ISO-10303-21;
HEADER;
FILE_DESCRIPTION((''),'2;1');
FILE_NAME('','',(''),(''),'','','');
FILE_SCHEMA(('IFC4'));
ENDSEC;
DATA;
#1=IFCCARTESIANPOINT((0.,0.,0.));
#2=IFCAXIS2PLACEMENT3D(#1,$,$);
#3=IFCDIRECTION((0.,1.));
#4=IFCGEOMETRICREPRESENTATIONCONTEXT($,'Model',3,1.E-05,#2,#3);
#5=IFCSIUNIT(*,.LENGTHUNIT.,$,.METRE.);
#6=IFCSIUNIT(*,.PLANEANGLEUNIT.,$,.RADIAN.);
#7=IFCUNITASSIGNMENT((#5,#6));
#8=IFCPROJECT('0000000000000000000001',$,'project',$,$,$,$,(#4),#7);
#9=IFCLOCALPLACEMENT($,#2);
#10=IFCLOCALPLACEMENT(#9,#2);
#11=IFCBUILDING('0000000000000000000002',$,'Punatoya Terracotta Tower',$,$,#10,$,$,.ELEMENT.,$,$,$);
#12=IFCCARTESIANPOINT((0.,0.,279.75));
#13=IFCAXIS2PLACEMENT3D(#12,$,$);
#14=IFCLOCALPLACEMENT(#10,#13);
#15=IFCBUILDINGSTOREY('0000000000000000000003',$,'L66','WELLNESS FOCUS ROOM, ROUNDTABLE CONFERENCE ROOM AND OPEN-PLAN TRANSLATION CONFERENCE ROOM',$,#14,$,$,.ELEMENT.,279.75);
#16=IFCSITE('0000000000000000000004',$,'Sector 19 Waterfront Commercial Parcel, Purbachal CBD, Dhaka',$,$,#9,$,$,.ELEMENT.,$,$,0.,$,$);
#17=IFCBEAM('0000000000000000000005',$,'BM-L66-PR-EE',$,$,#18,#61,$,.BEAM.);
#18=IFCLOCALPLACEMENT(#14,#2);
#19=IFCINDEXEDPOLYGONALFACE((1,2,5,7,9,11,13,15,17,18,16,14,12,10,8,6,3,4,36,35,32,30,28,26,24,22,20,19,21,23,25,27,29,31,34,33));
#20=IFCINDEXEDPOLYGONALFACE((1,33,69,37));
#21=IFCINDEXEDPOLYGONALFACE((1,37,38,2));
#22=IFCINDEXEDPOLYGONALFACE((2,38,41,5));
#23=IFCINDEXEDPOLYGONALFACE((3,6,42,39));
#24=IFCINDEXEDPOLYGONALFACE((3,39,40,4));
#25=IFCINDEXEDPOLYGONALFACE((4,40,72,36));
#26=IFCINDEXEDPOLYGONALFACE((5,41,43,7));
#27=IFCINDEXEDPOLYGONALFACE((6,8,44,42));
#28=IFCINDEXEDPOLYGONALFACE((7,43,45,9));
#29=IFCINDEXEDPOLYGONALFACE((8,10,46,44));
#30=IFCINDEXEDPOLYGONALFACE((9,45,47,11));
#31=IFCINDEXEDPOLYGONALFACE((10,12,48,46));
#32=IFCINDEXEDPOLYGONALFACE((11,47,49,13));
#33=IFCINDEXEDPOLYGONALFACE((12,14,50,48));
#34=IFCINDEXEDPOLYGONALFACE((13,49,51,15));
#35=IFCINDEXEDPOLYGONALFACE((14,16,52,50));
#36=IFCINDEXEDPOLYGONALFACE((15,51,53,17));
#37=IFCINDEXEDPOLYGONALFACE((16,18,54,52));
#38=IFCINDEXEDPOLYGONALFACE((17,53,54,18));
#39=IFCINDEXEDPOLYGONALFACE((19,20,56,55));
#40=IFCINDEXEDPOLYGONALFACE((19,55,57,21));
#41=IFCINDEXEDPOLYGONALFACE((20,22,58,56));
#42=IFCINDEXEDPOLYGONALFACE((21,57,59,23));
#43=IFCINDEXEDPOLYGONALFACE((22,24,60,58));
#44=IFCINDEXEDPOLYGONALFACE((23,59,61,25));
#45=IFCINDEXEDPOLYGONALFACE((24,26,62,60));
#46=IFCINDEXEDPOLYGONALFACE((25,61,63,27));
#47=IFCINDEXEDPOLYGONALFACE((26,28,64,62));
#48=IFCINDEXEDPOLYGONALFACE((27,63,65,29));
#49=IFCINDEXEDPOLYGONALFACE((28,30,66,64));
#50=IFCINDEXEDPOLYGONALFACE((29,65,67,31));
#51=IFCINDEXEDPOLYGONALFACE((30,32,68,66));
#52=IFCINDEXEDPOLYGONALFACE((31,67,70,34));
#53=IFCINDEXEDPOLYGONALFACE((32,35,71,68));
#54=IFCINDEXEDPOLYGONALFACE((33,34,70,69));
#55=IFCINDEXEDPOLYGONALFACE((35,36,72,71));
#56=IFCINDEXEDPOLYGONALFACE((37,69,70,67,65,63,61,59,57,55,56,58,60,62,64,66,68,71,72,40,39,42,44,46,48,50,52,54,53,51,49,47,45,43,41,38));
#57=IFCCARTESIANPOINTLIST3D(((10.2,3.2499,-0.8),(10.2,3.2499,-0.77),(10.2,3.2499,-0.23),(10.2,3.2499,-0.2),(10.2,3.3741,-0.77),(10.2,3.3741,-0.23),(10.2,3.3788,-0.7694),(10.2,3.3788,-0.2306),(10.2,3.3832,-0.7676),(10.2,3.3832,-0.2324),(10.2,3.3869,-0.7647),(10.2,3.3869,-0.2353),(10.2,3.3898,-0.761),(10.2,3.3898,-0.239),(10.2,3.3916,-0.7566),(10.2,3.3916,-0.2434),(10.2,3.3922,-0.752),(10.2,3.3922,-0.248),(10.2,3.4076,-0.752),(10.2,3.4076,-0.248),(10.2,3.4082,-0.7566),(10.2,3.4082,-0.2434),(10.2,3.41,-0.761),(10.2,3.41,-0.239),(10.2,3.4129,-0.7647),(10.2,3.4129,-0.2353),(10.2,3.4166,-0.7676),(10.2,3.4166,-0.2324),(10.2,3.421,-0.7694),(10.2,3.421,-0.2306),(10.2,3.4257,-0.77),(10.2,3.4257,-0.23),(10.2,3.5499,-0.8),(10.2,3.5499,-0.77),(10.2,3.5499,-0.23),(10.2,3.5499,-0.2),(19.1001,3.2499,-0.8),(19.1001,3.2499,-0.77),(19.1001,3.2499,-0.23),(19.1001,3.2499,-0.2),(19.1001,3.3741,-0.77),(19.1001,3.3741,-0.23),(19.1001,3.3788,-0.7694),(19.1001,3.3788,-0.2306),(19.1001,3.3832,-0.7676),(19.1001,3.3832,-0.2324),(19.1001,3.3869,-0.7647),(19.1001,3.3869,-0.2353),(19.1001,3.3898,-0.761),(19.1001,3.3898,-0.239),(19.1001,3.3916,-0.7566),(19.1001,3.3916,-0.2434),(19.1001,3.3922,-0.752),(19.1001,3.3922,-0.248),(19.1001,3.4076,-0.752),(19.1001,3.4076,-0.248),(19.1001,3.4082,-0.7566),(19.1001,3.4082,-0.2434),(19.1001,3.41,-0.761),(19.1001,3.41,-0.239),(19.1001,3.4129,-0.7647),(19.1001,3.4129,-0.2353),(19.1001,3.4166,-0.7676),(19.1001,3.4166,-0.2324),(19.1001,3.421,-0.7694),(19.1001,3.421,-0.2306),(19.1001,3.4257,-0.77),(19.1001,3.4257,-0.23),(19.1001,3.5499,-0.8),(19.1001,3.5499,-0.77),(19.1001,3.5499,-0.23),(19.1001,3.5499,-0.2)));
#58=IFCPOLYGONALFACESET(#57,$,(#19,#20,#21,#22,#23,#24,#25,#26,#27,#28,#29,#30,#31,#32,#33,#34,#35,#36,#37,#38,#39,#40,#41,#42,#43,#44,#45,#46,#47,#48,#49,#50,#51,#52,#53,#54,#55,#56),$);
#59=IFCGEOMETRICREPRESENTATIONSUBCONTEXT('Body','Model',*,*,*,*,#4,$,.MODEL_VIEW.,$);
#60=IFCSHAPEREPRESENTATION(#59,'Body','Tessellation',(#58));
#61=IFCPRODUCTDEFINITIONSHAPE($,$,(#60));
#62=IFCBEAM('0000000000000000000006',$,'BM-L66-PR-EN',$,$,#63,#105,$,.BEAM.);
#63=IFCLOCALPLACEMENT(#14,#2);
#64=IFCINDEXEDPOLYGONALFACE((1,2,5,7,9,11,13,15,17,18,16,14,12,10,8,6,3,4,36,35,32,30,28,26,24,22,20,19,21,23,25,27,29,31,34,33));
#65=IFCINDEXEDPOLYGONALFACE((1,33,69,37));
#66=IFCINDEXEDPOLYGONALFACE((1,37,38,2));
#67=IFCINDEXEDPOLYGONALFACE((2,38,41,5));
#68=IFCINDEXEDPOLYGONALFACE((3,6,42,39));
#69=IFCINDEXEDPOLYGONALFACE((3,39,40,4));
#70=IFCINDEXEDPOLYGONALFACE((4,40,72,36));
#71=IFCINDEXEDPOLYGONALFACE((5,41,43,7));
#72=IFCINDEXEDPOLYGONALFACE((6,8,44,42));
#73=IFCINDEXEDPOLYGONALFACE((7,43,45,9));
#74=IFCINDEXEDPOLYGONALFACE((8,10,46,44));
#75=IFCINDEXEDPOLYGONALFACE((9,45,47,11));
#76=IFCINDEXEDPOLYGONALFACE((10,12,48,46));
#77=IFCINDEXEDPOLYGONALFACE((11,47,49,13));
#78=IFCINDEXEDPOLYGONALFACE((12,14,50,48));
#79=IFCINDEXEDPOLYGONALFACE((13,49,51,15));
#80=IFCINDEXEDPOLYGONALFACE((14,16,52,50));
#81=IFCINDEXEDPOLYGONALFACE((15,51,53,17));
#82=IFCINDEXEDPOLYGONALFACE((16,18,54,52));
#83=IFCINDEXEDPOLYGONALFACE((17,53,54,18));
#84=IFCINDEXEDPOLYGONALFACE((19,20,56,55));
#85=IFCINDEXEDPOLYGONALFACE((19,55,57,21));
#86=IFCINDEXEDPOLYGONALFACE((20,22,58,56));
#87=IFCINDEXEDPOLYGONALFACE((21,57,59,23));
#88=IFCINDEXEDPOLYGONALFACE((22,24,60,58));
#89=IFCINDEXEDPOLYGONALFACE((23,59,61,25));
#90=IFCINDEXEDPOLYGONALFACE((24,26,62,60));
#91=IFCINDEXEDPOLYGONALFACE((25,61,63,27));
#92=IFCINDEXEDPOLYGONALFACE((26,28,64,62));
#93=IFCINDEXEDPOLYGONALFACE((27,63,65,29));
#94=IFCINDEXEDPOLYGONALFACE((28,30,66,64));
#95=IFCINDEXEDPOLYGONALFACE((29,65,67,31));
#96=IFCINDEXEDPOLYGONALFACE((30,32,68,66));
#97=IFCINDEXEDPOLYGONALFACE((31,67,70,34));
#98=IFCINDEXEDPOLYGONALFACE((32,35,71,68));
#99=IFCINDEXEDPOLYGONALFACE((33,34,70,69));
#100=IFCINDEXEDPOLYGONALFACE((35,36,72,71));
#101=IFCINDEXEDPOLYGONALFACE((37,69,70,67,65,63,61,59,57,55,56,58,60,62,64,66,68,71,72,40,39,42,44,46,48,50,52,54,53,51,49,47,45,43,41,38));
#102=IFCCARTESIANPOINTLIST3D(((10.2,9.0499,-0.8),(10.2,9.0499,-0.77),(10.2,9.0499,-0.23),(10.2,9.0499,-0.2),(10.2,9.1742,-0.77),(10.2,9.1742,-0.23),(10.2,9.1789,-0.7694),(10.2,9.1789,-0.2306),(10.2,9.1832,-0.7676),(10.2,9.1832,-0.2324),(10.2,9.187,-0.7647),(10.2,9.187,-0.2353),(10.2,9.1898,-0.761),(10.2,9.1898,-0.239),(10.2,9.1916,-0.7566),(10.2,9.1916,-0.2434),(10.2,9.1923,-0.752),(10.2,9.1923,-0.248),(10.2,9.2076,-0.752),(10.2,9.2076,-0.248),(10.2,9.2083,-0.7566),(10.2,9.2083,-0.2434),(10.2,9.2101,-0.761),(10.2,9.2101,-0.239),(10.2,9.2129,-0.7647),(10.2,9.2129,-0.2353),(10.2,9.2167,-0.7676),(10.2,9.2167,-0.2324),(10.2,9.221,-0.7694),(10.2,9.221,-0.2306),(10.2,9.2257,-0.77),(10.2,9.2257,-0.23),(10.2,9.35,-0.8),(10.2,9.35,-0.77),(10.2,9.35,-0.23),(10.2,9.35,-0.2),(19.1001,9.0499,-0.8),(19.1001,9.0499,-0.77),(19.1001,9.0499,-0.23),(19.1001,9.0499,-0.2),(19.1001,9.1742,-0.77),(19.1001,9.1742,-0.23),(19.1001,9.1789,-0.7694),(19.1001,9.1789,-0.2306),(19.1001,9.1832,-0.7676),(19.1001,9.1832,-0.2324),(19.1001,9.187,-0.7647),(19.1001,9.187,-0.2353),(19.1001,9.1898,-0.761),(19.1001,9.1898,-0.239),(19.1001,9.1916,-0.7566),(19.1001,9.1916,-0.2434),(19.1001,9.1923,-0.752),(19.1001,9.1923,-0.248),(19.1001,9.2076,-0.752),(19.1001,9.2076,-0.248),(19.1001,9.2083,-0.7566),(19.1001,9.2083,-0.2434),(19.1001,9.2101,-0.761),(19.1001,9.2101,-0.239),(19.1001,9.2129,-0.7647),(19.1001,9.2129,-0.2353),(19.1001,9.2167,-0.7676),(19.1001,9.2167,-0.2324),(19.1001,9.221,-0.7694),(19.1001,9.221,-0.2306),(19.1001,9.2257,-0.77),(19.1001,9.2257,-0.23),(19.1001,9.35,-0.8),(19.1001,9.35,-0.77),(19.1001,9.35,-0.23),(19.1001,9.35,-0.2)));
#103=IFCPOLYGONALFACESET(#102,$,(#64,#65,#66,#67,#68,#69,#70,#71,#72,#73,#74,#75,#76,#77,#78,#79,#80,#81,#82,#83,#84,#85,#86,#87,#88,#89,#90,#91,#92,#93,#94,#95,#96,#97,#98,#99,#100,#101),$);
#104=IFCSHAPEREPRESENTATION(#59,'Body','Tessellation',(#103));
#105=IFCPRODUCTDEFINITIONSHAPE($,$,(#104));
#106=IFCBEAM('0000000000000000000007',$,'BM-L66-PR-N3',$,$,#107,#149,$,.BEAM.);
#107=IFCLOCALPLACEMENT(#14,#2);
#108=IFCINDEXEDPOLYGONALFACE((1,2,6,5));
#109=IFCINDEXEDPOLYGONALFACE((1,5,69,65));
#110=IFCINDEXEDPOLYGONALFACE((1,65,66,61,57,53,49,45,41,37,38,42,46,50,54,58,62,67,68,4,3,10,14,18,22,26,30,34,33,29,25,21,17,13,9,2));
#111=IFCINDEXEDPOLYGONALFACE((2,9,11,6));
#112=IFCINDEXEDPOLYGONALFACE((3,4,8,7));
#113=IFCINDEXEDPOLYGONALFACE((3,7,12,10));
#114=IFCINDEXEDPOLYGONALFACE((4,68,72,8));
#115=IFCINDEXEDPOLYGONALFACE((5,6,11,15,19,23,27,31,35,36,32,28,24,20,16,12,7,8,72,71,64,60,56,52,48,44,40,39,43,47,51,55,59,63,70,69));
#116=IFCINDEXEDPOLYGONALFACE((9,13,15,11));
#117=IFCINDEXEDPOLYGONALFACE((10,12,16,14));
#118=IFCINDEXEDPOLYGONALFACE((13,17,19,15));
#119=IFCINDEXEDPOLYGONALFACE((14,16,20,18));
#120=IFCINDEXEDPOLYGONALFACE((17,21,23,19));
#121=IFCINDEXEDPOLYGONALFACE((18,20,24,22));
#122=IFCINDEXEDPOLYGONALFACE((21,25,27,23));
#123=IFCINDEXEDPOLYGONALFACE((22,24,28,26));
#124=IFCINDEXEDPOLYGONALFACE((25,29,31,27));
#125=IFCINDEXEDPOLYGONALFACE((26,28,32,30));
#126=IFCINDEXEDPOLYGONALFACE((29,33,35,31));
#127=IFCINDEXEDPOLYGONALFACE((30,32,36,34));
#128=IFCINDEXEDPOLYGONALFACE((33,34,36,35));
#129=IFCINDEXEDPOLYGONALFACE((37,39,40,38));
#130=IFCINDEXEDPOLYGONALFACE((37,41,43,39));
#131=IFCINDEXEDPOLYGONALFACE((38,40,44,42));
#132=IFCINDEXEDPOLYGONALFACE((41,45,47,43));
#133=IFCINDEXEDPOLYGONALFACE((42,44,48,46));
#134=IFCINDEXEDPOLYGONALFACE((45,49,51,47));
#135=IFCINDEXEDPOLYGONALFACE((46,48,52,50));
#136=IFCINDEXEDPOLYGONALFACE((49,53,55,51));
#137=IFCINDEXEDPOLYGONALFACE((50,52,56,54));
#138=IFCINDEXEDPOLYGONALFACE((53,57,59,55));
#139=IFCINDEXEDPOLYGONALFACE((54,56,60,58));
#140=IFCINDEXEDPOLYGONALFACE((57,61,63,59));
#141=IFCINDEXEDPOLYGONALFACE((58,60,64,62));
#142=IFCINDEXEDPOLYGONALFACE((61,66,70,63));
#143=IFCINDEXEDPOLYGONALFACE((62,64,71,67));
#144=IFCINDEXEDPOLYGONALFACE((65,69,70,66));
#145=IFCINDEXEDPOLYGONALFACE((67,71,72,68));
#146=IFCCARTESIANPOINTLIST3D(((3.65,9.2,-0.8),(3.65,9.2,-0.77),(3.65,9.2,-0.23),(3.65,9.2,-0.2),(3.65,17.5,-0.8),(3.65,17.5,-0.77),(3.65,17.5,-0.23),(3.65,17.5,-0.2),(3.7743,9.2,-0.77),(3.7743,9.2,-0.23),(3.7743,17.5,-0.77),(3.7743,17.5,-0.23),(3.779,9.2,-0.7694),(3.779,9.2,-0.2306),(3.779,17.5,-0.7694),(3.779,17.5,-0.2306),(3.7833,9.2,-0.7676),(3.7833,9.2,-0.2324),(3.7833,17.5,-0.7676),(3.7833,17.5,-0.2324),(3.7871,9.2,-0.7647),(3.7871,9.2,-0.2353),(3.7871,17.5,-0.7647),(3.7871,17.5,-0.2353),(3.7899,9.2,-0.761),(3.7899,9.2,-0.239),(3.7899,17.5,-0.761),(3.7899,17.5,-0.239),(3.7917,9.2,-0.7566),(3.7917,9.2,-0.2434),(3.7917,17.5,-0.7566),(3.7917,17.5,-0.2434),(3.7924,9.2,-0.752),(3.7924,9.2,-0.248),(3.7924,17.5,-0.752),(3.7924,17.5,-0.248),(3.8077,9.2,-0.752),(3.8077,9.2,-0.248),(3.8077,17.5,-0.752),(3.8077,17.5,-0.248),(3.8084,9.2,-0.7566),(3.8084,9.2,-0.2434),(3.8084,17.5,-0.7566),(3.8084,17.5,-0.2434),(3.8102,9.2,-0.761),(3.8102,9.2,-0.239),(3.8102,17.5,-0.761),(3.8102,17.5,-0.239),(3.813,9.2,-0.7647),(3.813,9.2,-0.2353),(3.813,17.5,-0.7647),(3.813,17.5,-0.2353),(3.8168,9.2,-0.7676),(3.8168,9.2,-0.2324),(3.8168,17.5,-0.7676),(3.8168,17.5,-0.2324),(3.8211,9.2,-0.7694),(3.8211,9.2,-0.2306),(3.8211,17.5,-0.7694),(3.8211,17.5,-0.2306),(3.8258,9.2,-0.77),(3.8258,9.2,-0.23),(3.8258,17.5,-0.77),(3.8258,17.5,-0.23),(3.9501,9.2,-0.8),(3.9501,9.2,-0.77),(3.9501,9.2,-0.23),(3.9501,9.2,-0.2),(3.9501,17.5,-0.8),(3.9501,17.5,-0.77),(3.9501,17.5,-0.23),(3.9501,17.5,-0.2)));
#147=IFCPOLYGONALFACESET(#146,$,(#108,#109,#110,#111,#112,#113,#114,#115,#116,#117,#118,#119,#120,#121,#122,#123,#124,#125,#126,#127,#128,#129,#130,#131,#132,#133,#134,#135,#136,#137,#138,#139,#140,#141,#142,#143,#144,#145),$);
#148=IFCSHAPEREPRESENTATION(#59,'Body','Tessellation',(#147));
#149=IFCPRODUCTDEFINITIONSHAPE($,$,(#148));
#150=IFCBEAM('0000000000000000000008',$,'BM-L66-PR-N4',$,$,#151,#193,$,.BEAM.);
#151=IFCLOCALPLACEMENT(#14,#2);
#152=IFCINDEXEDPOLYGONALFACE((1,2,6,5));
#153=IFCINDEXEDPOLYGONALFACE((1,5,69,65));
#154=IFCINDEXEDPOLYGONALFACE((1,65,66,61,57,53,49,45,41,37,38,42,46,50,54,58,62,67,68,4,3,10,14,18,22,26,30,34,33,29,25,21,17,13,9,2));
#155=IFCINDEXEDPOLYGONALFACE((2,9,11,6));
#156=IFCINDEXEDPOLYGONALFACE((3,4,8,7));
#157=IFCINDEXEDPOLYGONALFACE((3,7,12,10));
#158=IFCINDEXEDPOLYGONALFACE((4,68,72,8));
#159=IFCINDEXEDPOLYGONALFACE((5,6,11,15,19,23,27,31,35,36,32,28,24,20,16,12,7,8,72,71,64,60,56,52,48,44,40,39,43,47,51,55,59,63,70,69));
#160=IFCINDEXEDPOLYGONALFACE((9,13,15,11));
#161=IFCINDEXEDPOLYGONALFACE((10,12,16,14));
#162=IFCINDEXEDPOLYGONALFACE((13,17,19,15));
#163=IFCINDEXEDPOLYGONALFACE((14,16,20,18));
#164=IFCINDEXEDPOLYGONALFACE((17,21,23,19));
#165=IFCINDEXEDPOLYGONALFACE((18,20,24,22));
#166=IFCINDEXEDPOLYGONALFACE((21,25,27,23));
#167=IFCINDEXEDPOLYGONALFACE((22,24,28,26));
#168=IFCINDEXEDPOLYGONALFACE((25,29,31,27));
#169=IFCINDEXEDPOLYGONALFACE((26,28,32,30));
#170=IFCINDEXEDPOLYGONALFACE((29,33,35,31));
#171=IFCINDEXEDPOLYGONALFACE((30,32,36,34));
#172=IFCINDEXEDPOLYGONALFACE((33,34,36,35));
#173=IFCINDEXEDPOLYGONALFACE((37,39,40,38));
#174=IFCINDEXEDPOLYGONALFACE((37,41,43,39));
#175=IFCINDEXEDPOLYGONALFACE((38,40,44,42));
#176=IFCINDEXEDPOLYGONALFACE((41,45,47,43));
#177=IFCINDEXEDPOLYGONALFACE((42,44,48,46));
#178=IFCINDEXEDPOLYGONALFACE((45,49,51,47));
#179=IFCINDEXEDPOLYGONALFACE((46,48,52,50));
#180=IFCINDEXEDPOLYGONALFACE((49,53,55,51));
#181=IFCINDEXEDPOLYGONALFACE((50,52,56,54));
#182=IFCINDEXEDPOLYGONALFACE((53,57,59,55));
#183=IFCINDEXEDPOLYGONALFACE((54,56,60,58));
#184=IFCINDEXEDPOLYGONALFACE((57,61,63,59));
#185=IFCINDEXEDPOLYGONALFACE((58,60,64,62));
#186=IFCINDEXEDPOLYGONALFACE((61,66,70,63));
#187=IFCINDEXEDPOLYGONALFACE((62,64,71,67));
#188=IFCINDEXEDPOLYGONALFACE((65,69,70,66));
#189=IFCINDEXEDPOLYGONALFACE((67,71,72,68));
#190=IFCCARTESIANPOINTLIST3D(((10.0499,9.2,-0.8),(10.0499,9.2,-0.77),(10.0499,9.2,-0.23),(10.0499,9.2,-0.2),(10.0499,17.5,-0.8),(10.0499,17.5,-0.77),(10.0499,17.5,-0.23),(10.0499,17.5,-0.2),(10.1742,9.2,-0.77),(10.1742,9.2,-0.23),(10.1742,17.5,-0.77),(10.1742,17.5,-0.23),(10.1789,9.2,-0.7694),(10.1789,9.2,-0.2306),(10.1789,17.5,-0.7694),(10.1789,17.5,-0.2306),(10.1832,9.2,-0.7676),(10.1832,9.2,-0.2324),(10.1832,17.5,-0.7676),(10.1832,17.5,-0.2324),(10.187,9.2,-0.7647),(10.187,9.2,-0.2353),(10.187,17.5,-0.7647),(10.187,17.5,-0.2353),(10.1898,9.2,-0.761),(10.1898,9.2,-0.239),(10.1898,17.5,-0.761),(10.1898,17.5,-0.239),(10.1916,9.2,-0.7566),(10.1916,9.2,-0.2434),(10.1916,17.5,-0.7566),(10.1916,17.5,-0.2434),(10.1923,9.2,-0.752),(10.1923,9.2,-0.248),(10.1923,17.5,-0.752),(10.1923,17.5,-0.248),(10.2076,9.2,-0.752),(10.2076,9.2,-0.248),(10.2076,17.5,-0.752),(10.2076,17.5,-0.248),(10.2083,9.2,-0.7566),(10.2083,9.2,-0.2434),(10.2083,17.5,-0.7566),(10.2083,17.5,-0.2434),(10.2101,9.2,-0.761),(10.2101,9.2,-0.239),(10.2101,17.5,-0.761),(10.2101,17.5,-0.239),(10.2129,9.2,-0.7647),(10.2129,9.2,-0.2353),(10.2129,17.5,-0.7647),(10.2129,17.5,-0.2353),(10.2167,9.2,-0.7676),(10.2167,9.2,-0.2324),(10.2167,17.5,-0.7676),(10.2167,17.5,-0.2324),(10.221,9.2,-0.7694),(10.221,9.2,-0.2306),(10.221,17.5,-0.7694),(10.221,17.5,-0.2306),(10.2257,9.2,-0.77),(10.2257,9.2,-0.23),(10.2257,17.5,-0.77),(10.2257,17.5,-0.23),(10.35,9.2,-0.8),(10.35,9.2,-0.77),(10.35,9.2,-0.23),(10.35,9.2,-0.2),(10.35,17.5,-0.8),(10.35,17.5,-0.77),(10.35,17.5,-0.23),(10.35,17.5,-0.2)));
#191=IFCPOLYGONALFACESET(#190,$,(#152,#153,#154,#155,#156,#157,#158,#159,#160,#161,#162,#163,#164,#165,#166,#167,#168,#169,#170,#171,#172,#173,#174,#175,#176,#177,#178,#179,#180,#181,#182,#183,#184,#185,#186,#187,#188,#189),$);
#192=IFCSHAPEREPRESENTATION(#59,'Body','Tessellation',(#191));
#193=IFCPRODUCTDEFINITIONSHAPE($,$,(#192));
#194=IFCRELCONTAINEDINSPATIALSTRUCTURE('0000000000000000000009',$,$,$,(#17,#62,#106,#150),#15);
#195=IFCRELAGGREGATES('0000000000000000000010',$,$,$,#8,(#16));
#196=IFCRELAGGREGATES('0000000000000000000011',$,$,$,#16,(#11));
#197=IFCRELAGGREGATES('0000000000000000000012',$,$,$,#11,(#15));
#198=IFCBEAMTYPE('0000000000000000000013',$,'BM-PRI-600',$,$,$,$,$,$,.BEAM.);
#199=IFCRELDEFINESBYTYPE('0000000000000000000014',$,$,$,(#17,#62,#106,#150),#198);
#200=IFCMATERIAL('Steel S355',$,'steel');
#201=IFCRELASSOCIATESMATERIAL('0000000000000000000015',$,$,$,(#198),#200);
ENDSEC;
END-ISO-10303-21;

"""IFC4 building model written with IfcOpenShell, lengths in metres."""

from ifc_helpers import new_model, si_unit, direction, frame, origin, origin_2d, place, context, subcontext, project, spatial, i_section, extrude, material, material_profile, profile_set, type_object, element, save


model = new_model("IFC4")

# Units and contexts
model_context = context("Model", 3, precision=1e-05, world=origin(), true_north=direction((0.0, 1.0)))
body_context = subcontext(model_context, "Body", "Model", "MODEL_VIEW")
ifc_project = project(units=[si_unit("LENGTHUNIT", "METRE"), si_unit("PLANEANGLEUNIT", "RADIAN")], contexts=[model_context])

# Site, building, storey
site_placement = place(None, origin())
site = spatial("IfcSite", under=ifc_project, at=site_placement, Name="Sector 19 Waterfront Commercial Parcel, Purbachal CBD, Dhaka", CompositionType="ELEMENT", RefElevation=0.0)
building_placement = place(site_placement, origin())
building = spatial("IfcBuilding", under=site, at=building_placement, Name="Punatoya Terracotta Tower", CompositionType="ELEMENT")
storey_placement = place(building_placement, frame((0.0, 0.0, 279.75)))
storey = spatial("IfcBuildingStorey", under=building, at=storey_placement, Name="L66", Description="WELLNESS FOCUS ROOM, ROUNDTABLE CONFERENCE ROOM AND OPEN-PLAN TRANSLATION CONFERENCE ROOM", CompositionType="ELEMENT", Elevation=279.75)

# Beams
ifc_material_1 = material(Name="Steel S355", Category="steel")
ifc_material_profile_1 = material_profile(ifc_material_1, i_section(OverallWidth=0.3, OverallDepth=0.6001, WebThickness=0.0154, FlangeThickness=0.03, FilletRadius=0.0181, at=origin_2d()))
ifc_profile_set_1 = profile_set([ifc_material_profile_1], Name="Steel S355")
beam_type_1 = type_object("IfcBeamType", Name="BM-PRI-600", PredefinedType="BEAM", material=ifc_profile_set_1)
for number, where, z_axis, x_axis, name in (
    (1, (10.2, 3.3999, -0.5), (1.0, 0.0, 0.0), (0.0, 1.0, 0.0), "BM-L66-PR-EE"),
    (2, (10.2, 9.2, -0.5), (1.0, 0.0, 0.0), (0.0, 1.0, 0.0), "BM-L66-PR-EN"),
):
    element("IfcBeam", number, at=place(storey_placement, frame(where, z_axis=z_axis, x_axis=x_axis)), inside=storey, type_object=beam_type_1, Name=name, PredefinedType="BEAM", context=body_context, shape_type="SweptSolid", body=[
        extrude(i_section(OverallWidth=0.3, OverallDepth=0.6001, WebThickness=0.0154, FlangeThickness=0.03, FilletRadius=0.0181, at=origin_2d()), origin(), (0.0, 0.0, 1.0), 8.9001),
    ])
for number, where, z_axis, x_axis, name in (
    (3, (3.8, 9.2, -0.5), (0.0, 1.0, 0.0), (-1.0, 0.0, 0.0), "BM-L66-PR-N3"),
    (4, (10.2, 9.2, -0.5), (0.0, 1.0, 0.0), (-1.0, 0.0, 0.0), "BM-L66-PR-N4"),
):
    element("IfcBeam", number, at=place(storey_placement, frame(where, z_axis=z_axis, x_axis=x_axis)), inside=storey, type_object=beam_type_1, Name=name, PredefinedType="BEAM", context=body_context, shape_type="SweptSolid", body=[
        extrude(i_section(OverallWidth=0.3, OverallDepth=0.6001, WebThickness=0.0154, FlangeThickness=0.03, FilletRadius=0.0181, at=origin_2d()), origin(), (0.0, 0.0, 1.0), 8.3),
    ])

save(model, "model.ifc")
